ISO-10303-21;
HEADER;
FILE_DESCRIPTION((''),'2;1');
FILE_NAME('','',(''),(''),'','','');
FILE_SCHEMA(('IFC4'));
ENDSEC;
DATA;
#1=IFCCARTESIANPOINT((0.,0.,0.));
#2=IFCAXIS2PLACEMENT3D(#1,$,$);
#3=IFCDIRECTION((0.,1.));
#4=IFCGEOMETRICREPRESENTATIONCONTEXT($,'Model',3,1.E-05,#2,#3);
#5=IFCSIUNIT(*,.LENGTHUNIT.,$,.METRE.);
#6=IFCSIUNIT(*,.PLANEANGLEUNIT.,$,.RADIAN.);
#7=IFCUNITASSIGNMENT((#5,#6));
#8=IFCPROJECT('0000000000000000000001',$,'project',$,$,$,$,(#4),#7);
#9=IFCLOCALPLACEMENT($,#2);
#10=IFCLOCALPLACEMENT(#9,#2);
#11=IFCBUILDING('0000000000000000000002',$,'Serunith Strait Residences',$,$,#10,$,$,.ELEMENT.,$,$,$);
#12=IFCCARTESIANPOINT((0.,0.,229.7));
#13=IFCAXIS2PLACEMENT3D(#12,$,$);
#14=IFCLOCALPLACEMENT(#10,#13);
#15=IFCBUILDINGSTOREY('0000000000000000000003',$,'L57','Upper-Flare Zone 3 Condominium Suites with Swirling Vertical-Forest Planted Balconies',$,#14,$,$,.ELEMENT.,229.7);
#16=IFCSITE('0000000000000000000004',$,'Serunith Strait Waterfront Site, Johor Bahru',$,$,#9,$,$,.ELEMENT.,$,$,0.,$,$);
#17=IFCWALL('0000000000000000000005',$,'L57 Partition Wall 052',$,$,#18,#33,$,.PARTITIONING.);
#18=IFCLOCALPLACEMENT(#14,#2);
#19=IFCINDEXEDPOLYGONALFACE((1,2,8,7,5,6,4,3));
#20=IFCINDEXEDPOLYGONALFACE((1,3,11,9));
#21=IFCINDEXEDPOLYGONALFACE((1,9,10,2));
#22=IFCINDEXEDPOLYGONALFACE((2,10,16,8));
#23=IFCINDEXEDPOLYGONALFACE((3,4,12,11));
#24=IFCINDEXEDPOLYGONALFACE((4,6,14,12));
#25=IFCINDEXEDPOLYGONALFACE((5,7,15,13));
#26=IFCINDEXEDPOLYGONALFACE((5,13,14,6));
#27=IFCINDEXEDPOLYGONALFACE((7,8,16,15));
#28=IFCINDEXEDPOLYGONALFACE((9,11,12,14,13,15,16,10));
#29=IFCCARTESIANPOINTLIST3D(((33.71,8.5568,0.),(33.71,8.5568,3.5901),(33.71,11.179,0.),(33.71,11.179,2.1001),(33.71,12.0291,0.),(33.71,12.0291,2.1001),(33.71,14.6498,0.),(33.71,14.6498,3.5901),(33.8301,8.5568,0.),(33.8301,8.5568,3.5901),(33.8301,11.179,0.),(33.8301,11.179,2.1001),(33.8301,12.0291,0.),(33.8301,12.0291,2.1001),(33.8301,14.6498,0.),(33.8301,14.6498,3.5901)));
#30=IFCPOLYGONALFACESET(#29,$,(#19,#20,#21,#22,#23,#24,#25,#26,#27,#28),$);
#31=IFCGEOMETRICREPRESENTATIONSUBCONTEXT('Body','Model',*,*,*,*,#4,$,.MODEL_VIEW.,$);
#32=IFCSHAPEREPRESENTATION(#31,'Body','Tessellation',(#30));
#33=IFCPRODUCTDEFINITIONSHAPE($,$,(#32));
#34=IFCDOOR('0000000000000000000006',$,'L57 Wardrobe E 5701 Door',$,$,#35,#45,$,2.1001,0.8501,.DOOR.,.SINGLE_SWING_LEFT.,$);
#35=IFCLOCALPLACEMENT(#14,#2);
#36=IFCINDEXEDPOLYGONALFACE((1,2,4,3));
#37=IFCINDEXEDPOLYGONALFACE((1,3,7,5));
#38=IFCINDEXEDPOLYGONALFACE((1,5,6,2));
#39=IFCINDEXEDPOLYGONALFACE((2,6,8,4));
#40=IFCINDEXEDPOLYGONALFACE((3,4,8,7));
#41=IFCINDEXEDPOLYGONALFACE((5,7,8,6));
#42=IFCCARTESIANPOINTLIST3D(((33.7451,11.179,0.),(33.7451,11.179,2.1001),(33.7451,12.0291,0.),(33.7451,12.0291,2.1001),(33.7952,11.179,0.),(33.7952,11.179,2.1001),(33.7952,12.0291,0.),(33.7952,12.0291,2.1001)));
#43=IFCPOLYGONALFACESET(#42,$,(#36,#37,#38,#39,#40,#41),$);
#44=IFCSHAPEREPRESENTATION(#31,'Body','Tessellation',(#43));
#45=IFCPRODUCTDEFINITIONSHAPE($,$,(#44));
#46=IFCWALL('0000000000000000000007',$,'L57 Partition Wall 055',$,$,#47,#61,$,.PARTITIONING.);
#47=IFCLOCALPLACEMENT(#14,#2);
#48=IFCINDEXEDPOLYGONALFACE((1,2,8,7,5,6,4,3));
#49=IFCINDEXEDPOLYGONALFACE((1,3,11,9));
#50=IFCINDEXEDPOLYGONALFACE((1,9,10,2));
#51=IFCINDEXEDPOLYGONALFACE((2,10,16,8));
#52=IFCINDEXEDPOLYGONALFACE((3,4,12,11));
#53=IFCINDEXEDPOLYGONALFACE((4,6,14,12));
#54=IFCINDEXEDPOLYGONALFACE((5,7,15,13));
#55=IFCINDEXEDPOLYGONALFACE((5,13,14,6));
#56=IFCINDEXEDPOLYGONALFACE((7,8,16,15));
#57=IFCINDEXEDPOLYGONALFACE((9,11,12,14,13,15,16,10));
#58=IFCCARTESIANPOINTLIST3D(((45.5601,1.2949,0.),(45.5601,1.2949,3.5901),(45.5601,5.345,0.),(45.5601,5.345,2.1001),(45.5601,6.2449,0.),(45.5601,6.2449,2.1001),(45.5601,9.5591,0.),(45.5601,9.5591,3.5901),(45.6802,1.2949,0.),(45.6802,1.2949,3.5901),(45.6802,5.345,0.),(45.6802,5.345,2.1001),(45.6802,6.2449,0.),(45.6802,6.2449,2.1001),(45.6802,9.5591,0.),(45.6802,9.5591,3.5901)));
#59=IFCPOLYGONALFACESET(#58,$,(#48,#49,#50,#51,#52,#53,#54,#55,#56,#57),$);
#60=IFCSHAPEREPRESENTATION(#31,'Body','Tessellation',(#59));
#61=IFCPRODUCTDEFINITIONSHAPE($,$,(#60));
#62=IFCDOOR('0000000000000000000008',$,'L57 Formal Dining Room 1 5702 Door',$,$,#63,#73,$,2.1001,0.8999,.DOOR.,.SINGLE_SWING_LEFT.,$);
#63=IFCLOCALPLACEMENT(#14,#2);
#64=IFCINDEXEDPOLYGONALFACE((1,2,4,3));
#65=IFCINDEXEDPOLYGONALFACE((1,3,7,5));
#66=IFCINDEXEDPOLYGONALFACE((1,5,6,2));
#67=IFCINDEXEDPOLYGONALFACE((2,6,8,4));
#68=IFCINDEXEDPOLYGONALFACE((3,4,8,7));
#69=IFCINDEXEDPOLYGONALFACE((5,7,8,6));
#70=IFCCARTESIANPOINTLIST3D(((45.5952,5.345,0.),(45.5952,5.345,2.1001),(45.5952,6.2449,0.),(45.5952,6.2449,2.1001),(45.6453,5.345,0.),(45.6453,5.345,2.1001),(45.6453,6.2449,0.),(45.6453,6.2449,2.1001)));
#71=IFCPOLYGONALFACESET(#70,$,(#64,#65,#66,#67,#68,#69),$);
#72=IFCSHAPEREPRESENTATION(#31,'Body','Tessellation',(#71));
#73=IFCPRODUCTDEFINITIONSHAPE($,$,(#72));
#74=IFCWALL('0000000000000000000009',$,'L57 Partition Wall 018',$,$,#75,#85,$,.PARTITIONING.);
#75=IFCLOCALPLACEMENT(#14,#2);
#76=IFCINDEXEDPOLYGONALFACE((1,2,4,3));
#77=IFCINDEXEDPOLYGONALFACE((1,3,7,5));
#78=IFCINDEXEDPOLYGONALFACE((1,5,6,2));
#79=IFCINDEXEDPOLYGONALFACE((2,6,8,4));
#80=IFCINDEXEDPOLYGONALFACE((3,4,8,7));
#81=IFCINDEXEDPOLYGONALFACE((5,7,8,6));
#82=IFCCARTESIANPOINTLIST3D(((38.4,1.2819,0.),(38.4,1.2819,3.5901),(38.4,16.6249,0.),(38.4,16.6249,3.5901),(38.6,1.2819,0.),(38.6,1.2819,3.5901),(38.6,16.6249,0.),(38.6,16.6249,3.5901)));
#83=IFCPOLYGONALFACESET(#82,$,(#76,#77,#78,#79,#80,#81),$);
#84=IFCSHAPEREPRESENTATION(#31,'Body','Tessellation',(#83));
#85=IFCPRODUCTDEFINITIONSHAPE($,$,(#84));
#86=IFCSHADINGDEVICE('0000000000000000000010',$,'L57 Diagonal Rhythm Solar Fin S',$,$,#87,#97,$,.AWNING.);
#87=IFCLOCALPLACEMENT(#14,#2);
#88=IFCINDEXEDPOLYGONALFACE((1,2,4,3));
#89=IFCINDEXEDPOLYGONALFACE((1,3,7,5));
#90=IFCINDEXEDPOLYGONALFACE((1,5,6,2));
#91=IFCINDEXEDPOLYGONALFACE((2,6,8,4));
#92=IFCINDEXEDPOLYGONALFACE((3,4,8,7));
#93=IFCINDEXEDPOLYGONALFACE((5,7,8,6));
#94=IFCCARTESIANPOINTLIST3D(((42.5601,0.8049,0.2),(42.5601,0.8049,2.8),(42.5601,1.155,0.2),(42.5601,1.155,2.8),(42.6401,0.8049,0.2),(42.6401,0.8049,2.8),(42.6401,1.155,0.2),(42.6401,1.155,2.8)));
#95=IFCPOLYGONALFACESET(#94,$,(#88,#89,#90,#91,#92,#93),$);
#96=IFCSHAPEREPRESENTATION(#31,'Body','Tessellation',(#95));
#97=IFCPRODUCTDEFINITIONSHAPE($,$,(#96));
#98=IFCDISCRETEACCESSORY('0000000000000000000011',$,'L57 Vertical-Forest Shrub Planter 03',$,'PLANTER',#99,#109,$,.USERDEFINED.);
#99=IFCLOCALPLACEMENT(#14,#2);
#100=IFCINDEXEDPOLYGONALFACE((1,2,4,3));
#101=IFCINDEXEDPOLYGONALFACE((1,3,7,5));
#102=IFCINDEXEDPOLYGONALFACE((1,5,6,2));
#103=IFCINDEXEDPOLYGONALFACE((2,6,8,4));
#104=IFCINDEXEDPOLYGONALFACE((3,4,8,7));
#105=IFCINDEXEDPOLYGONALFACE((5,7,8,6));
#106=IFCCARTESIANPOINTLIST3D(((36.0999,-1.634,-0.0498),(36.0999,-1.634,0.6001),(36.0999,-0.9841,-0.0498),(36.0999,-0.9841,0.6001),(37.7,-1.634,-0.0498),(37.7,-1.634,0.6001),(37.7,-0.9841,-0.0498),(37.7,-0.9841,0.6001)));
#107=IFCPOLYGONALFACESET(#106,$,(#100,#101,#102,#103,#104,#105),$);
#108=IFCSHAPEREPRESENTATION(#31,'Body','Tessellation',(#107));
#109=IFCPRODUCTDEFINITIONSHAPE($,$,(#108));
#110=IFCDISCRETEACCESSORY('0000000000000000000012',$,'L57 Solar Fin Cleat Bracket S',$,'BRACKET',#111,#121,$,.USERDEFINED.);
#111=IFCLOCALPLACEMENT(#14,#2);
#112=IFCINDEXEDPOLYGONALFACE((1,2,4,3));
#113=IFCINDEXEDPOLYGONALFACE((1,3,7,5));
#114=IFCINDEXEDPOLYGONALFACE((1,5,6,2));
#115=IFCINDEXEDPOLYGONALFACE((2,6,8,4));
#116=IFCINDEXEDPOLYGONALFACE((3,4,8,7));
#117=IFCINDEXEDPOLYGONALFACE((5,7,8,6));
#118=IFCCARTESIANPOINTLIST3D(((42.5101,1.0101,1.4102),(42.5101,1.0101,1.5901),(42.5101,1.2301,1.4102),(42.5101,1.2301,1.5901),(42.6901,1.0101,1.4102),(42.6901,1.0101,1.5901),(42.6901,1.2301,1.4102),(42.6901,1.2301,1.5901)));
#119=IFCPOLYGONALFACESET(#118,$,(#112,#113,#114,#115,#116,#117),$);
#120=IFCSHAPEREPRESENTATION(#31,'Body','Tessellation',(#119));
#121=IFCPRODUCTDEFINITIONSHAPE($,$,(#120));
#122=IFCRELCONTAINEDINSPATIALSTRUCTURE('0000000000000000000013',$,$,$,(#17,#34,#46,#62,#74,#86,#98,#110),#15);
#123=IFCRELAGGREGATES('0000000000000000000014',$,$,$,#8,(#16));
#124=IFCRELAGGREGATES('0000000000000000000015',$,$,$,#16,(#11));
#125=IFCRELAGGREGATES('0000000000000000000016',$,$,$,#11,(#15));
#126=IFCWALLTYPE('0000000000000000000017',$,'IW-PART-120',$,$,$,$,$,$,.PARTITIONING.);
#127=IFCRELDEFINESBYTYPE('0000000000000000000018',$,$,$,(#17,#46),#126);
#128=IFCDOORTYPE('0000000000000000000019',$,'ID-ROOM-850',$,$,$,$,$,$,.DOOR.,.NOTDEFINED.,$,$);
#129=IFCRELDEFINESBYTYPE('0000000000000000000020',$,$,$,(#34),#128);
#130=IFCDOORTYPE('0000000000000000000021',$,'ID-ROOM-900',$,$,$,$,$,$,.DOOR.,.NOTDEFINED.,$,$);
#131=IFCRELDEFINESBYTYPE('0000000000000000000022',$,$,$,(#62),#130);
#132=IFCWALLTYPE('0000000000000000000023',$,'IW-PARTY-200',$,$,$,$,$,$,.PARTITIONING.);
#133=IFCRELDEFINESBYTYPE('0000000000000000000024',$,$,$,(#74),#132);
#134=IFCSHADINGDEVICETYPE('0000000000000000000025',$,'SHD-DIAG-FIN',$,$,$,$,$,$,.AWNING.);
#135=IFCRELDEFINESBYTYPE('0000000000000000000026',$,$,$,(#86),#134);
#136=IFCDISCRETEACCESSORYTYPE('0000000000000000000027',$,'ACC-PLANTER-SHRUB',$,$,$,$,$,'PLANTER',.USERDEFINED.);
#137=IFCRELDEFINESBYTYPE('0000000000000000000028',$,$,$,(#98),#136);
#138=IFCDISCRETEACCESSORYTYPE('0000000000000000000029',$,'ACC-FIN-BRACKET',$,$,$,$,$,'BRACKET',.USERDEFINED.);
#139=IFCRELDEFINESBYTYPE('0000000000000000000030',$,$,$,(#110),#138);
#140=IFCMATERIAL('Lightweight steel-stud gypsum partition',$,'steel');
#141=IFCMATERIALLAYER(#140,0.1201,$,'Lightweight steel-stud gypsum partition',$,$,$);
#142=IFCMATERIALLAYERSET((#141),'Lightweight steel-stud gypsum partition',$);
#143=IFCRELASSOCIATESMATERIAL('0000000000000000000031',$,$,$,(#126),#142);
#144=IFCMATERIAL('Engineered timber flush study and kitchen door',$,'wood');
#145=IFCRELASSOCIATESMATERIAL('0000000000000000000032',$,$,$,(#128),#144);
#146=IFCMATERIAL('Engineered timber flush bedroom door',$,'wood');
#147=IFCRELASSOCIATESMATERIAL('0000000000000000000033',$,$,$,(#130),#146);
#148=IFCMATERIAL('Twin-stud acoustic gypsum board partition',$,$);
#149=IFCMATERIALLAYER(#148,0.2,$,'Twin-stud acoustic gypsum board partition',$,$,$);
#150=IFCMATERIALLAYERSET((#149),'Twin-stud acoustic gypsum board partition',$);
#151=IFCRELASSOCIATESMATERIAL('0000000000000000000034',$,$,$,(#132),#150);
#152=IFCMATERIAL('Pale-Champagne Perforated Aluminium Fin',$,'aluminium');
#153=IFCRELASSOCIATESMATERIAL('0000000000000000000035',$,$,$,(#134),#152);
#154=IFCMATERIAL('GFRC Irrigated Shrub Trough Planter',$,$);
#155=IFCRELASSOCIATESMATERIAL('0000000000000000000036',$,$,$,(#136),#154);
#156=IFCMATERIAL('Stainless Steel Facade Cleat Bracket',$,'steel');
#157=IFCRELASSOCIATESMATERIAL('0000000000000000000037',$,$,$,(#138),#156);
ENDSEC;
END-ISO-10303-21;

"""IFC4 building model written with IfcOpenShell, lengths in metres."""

from ifc_helpers import new_model, si_unit, direction, frame, frame_2d, origin, origin_2d, place, context, subcontext, project, spatial, rectangle, extrude, source, transform, mapped, material, layer, layer_set, type_object, element, fill, save


model = new_model("IFC4")

# Units and contexts
model_context = context("Model", 3, precision=1e-05, world=origin(), true_north=direction((0.0, 1.0)))
body_context = subcontext(model_context, "Body", "Model", "MODEL_VIEW")
ifc_project = project(units=[si_unit("LENGTHUNIT", "METRE"), si_unit("PLANEANGLEUNIT", "RADIAN")], contexts=[model_context])

# Site, building, storey
site_placement = place(None, origin())
site = spatial("IfcSite", under=ifc_project, at=site_placement, Name="Serunith Strait Waterfront Site, Johor Bahru", CompositionType="ELEMENT", RefElevation=0.0)
building_placement = place(site_placement, origin())
building = spatial("IfcBuilding", under=site, at=building_placement, Name="Serunith Strait Residences", CompositionType="ELEMENT")
storey_placement = place(building_placement, frame((0.0, 0.0, 229.7)))
storey = spatial("IfcBuildingStorey", under=building, at=storey_placement, Name="L57", Description="Upper-Flare Zone 3 Condominium Suites with Swirling Vertical-Forest Planted Balconies", CompositionType="ELEMENT", Elevation=229.7)

# Shared definitions
ifc_material_1 = material(Name="Lightweight steel-stud gypsum partition", Category="steel")
ifc_layer_1 = layer(ifc_material_1, 0.1201, Name="Lightweight steel-stud gypsum partition")
ifc_layer_set_1 = layer_set([ifc_layer_1], Name="Lightweight steel-stud gypsum partition")
wall_type_1 = type_object("IfcWallType", Name="IW-PART-120", PredefinedType="PARTITIONING", material=ifc_layer_set_1)

# Walls, openings, doors
shared_shape_1 = source(origin(), body_context, "Body", "SweptSolid", [
    extrude(rectangle(XDim=0.8501, YDim=2.1001, at=frame_2d((0.425, 1.05))), frame((0.0, 0.0249, 0.0), z_axis=(0.0, -1.0, 0.0), x_axis=(1.0, 0.0, 0.0)), (0.0, 0.0, 1.0), 0.05),
])
wall_1_placement = place(storey_placement, frame((33.77, 8.5569, 0.0), z_axis=(0.0, 0.0, 1.0), x_axis=(0.0, 1.0, 0.0)))
wall_1 = element("IfcWall", 1, at=wall_1_placement, inside=storey, type_object=wall_type_1, Name="L57 Partition Wall 052", PredefinedType="PARTITIONING", context=body_context, shape_type="SweptSolid", body=[
    extrude(rectangle(XDim=6.093, YDim=0.1201, at=frame_2d((3.0464, 0.0))), origin(), (0.0, 0.0, 1.0), 3.5901),
])
opening_1_placement = place(wall_1_placement, frame((2.6221, 0.0, 0.0)))
opening_1 = element("IfcOpeningElement", 2, at=opening_1_placement, cuts=wall_1, PredefinedType="OPENING", context=body_context, shape_type="SweptSolid", body=[
    extrude(rectangle(XDim=0.8501, YDim=2.1001, at=frame_2d((0.425, 1.05))), frame((0.0, 0.0701, 0.0), z_axis=(0.0, -1.0, 0.0), x_axis=(1.0, 0.0, 0.0)), (0.0, 0.0, 1.0), 0.1401),
])
ifc_material_2 = material(Name="Engineered timber flush study and kitchen door", Category="wood")
door_type_1 = type_object("IfcDoorType", Name="ID-ROOM-850", OperationType="NOTDEFINED", PredefinedType="DOOR", material=ifc_material_2)
door_1_placement = place(opening_1_placement, origin())
door_1 = element("IfcDoor", 3, at=door_1_placement, inside=storey, type_object=door_type_1, Name="L57 Wardrobe E 5701 Door", OperationType="SINGLE_SWING_LEFT", OverallHeight=2.1001, OverallWidth=0.8501, PredefinedType="DOOR", context=body_context, shape_type="MappedRepresentation", body=[
    mapped(shared_shape_1, transform((0.0, 0.0, 0.0), scale=1.0)),
])
fill(opening_1, door_1)
wall_2_placement = place(storey_placement, frame((45.6201, 1.2949, 0.0), z_axis=(0.0, 0.0, 1.0), x_axis=(0.0, 1.0, 0.0)))
wall_2 = element("IfcWall", 4, at=wall_2_placement, inside=storey, type_object=wall_type_1, Name="L57 Partition Wall 055", PredefinedType="PARTITIONING", context=body_context, shape_type="SweptSolid", body=[
    extrude(rectangle(XDim=8.2642, YDim=0.1201, at=frame_2d((4.1321, 0.0))), origin(), (0.0, 0.0, 1.0), 3.5901),
])
opening_2_placement = place(wall_2_placement, frame((4.05, 0.0, 0.0)))
opening_2 = element("IfcOpeningElement", 5, at=opening_2_placement, cuts=wall_2, PredefinedType="OPENING", context=body_context, shape_type="SweptSolid", body=[
    extrude(rectangle(XDim=0.8999, YDim=2.1001, at=frame_2d((0.45, 1.05))), frame((0.0, 0.0701, 0.0), z_axis=(0.0, -1.0, 0.0), x_axis=(1.0, 0.0, 0.0)), (0.0, 0.0, 1.0), 0.1401),
])
ifc_material_3 = material(Name="Engineered timber flush bedroom door", Category="wood")
door_type_2 = type_object("IfcDoorType", Name="ID-ROOM-900", OperationType="NOTDEFINED", PredefinedType="DOOR", material=ifc_material_3)
shared_shape_2 = source(origin(), body_context, "Body", "SweptSolid", [
    extrude(rectangle(XDim=0.8999, YDim=2.1001, at=frame_2d((0.45, 1.05))), frame((0.0, 0.0249, 0.0), z_axis=(0.0, -1.0, 0.0), x_axis=(1.0, 0.0, 0.0)), (0.0, 0.0, 1.0), 0.05),
])
door_2_placement = place(opening_2_placement, origin())
door_2 = element("IfcDoor", 6, at=door_2_placement, inside=storey, type_object=door_type_2, Name="L57 Formal Dining Room 1 5702 Door", OperationType="SINGLE_SWING_LEFT", OverallHeight=2.1001, OverallWidth=0.8999, PredefinedType="DOOR", context=body_context, shape_type="MappedRepresentation", body=[
    mapped(shared_shape_2, transform((0.0, 0.0, 0.0), scale=1.0)),
])
fill(opening_2, door_2)

# Wall
ifc_material_4 = material(Name="Twin-stud acoustic gypsum board partition")
ifc_layer_2 = layer(ifc_material_4, 0.2, Name="Twin-stud acoustic gypsum board partition")
ifc_layer_set_2 = layer_set([ifc_layer_2], Name="Twin-stud acoustic gypsum board partition")
wall_type_2 = type_object("IfcWallType", Name="IW-PARTY-200", PredefinedType="PARTITIONING", material=ifc_layer_set_2)
wall_3_placement = place(storey_placement, frame((38.5, 1.282, 0.0), z_axis=(0.0, 0.0, 1.0), x_axis=(0.0, 1.0, 0.0)))
element("IfcWall", 7, at=wall_3_placement, inside=storey, type_object=wall_type_2, Name="L57 Partition Wall 018", PredefinedType="PARTITIONING", context=body_context, shape_type="SweptSolid", body=[
    extrude(rectangle(XDim=15.343, YDim=0.2, at=frame_2d((7.6714, 0.0))), origin(), (0.0, 0.0, 1.0), 3.5901),
])

# Shading device
ifc_material_5 = material(Name="Pale-Champagne Perforated Aluminium Fin", Category="aluminium")
shading_device_type = type_object("IfcShadingDeviceType", Name="SHD-DIAG-FIN", PredefinedType="AWNING", material=ifc_material_5)
shared_shape_3 = source(origin(), body_context, "Body", "SweptSolid", [
    extrude(rectangle(XDim=0.0801, YDim=0.3501, at=origin_2d()), origin(), (0.0, 0.0, 1.0), 2.6001),
])
shading_device_placement = place(storey_placement, frame((42.6001, 0.98, 0.2), z_axis=(0.0, 0.0, 1.0), x_axis=(1.0, 0.0, 0.0)))
element("IfcShadingDevice", 8, at=shading_device_placement, inside=storey, type_object=shading_device_type, Name="L57 Diagonal Rhythm Solar Fin S", PredefinedType="AWNING", context=body_context, shape_type="MappedRepresentation", body=[
    mapped(shared_shape_3, transform((0.0, 0.0, 0.0), scale=1.0)),
])

# Discrete accessories
ifc_material_6 = material(Name="GFRC Irrigated Shrub Trough Planter")
discrete_accessory_type_1 = type_object("IfcDiscreteAccessoryType", Name="ACC-PLANTER-SHRUB", ElementType="PLANTER", PredefinedType="USERDEFINED", material=ifc_material_6)
shared_shape_4 = source(origin(), body_context, "Body", "SweptSolid", [
    extrude(rectangle(XDim=1.6001, YDim=0.6499, at=origin_2d()), origin(), (0.0, 0.0, 1.0), 0.6499),
])
discrete_accessory_1_placement = place(storey_placement, frame((36.8999, -1.3091, -0.0498), z_axis=(0.0, 0.0, 1.0), x_axis=(1.0, 0.0, 0.0)))
element("IfcDiscreteAccessory", 9, at=discrete_accessory_1_placement, inside=storey, type_object=discrete_accessory_type_1, Name="L57 Vertical-Forest Shrub Planter 03", ObjectType="PLANTER", PredefinedType="USERDEFINED", context=body_context, shape_type="MappedRepresentation", body=[
    mapped(shared_shape_4, transform((0.0, 0.0, 0.0), scale=1.0)),
])
ifc_material_7 = material(Name="Stainless Steel Facade Cleat Bracket", Category="steel")
discrete_accessory_type_2 = type_object("IfcDiscreteAccessoryType", Name="ACC-FIN-BRACKET", ElementType="BRACKET", PredefinedType="USERDEFINED", material=ifc_material_7)
shared_shape_5 = source(origin(), body_context, "Body", "SweptSolid", [
    extrude(rectangle(XDim=0.1799, YDim=0.22, at=origin_2d()), origin(), (0.0, 0.0, 1.0), 0.1799),
])
discrete_accessory_2_placement = place(storey_placement, frame((42.6001, 1.1201, 1.4102), z_axis=(0.0, 0.0, 1.0), x_axis=(1.0, 0.0, 0.0)))
element("IfcDiscreteAccessory", 10, at=discrete_accessory_2_placement, inside=storey, type_object=discrete_accessory_type_2, Name="L57 Solar Fin Cleat Bracket S", ObjectType="BRACKET", PredefinedType="USERDEFINED", context=body_context, shape_type="MappedRepresentation", body=[
    mapped(shared_shape_5, transform((0.0, 0.0, 0.0), scale=1.0)),
])

save(model, "model.ifc")
